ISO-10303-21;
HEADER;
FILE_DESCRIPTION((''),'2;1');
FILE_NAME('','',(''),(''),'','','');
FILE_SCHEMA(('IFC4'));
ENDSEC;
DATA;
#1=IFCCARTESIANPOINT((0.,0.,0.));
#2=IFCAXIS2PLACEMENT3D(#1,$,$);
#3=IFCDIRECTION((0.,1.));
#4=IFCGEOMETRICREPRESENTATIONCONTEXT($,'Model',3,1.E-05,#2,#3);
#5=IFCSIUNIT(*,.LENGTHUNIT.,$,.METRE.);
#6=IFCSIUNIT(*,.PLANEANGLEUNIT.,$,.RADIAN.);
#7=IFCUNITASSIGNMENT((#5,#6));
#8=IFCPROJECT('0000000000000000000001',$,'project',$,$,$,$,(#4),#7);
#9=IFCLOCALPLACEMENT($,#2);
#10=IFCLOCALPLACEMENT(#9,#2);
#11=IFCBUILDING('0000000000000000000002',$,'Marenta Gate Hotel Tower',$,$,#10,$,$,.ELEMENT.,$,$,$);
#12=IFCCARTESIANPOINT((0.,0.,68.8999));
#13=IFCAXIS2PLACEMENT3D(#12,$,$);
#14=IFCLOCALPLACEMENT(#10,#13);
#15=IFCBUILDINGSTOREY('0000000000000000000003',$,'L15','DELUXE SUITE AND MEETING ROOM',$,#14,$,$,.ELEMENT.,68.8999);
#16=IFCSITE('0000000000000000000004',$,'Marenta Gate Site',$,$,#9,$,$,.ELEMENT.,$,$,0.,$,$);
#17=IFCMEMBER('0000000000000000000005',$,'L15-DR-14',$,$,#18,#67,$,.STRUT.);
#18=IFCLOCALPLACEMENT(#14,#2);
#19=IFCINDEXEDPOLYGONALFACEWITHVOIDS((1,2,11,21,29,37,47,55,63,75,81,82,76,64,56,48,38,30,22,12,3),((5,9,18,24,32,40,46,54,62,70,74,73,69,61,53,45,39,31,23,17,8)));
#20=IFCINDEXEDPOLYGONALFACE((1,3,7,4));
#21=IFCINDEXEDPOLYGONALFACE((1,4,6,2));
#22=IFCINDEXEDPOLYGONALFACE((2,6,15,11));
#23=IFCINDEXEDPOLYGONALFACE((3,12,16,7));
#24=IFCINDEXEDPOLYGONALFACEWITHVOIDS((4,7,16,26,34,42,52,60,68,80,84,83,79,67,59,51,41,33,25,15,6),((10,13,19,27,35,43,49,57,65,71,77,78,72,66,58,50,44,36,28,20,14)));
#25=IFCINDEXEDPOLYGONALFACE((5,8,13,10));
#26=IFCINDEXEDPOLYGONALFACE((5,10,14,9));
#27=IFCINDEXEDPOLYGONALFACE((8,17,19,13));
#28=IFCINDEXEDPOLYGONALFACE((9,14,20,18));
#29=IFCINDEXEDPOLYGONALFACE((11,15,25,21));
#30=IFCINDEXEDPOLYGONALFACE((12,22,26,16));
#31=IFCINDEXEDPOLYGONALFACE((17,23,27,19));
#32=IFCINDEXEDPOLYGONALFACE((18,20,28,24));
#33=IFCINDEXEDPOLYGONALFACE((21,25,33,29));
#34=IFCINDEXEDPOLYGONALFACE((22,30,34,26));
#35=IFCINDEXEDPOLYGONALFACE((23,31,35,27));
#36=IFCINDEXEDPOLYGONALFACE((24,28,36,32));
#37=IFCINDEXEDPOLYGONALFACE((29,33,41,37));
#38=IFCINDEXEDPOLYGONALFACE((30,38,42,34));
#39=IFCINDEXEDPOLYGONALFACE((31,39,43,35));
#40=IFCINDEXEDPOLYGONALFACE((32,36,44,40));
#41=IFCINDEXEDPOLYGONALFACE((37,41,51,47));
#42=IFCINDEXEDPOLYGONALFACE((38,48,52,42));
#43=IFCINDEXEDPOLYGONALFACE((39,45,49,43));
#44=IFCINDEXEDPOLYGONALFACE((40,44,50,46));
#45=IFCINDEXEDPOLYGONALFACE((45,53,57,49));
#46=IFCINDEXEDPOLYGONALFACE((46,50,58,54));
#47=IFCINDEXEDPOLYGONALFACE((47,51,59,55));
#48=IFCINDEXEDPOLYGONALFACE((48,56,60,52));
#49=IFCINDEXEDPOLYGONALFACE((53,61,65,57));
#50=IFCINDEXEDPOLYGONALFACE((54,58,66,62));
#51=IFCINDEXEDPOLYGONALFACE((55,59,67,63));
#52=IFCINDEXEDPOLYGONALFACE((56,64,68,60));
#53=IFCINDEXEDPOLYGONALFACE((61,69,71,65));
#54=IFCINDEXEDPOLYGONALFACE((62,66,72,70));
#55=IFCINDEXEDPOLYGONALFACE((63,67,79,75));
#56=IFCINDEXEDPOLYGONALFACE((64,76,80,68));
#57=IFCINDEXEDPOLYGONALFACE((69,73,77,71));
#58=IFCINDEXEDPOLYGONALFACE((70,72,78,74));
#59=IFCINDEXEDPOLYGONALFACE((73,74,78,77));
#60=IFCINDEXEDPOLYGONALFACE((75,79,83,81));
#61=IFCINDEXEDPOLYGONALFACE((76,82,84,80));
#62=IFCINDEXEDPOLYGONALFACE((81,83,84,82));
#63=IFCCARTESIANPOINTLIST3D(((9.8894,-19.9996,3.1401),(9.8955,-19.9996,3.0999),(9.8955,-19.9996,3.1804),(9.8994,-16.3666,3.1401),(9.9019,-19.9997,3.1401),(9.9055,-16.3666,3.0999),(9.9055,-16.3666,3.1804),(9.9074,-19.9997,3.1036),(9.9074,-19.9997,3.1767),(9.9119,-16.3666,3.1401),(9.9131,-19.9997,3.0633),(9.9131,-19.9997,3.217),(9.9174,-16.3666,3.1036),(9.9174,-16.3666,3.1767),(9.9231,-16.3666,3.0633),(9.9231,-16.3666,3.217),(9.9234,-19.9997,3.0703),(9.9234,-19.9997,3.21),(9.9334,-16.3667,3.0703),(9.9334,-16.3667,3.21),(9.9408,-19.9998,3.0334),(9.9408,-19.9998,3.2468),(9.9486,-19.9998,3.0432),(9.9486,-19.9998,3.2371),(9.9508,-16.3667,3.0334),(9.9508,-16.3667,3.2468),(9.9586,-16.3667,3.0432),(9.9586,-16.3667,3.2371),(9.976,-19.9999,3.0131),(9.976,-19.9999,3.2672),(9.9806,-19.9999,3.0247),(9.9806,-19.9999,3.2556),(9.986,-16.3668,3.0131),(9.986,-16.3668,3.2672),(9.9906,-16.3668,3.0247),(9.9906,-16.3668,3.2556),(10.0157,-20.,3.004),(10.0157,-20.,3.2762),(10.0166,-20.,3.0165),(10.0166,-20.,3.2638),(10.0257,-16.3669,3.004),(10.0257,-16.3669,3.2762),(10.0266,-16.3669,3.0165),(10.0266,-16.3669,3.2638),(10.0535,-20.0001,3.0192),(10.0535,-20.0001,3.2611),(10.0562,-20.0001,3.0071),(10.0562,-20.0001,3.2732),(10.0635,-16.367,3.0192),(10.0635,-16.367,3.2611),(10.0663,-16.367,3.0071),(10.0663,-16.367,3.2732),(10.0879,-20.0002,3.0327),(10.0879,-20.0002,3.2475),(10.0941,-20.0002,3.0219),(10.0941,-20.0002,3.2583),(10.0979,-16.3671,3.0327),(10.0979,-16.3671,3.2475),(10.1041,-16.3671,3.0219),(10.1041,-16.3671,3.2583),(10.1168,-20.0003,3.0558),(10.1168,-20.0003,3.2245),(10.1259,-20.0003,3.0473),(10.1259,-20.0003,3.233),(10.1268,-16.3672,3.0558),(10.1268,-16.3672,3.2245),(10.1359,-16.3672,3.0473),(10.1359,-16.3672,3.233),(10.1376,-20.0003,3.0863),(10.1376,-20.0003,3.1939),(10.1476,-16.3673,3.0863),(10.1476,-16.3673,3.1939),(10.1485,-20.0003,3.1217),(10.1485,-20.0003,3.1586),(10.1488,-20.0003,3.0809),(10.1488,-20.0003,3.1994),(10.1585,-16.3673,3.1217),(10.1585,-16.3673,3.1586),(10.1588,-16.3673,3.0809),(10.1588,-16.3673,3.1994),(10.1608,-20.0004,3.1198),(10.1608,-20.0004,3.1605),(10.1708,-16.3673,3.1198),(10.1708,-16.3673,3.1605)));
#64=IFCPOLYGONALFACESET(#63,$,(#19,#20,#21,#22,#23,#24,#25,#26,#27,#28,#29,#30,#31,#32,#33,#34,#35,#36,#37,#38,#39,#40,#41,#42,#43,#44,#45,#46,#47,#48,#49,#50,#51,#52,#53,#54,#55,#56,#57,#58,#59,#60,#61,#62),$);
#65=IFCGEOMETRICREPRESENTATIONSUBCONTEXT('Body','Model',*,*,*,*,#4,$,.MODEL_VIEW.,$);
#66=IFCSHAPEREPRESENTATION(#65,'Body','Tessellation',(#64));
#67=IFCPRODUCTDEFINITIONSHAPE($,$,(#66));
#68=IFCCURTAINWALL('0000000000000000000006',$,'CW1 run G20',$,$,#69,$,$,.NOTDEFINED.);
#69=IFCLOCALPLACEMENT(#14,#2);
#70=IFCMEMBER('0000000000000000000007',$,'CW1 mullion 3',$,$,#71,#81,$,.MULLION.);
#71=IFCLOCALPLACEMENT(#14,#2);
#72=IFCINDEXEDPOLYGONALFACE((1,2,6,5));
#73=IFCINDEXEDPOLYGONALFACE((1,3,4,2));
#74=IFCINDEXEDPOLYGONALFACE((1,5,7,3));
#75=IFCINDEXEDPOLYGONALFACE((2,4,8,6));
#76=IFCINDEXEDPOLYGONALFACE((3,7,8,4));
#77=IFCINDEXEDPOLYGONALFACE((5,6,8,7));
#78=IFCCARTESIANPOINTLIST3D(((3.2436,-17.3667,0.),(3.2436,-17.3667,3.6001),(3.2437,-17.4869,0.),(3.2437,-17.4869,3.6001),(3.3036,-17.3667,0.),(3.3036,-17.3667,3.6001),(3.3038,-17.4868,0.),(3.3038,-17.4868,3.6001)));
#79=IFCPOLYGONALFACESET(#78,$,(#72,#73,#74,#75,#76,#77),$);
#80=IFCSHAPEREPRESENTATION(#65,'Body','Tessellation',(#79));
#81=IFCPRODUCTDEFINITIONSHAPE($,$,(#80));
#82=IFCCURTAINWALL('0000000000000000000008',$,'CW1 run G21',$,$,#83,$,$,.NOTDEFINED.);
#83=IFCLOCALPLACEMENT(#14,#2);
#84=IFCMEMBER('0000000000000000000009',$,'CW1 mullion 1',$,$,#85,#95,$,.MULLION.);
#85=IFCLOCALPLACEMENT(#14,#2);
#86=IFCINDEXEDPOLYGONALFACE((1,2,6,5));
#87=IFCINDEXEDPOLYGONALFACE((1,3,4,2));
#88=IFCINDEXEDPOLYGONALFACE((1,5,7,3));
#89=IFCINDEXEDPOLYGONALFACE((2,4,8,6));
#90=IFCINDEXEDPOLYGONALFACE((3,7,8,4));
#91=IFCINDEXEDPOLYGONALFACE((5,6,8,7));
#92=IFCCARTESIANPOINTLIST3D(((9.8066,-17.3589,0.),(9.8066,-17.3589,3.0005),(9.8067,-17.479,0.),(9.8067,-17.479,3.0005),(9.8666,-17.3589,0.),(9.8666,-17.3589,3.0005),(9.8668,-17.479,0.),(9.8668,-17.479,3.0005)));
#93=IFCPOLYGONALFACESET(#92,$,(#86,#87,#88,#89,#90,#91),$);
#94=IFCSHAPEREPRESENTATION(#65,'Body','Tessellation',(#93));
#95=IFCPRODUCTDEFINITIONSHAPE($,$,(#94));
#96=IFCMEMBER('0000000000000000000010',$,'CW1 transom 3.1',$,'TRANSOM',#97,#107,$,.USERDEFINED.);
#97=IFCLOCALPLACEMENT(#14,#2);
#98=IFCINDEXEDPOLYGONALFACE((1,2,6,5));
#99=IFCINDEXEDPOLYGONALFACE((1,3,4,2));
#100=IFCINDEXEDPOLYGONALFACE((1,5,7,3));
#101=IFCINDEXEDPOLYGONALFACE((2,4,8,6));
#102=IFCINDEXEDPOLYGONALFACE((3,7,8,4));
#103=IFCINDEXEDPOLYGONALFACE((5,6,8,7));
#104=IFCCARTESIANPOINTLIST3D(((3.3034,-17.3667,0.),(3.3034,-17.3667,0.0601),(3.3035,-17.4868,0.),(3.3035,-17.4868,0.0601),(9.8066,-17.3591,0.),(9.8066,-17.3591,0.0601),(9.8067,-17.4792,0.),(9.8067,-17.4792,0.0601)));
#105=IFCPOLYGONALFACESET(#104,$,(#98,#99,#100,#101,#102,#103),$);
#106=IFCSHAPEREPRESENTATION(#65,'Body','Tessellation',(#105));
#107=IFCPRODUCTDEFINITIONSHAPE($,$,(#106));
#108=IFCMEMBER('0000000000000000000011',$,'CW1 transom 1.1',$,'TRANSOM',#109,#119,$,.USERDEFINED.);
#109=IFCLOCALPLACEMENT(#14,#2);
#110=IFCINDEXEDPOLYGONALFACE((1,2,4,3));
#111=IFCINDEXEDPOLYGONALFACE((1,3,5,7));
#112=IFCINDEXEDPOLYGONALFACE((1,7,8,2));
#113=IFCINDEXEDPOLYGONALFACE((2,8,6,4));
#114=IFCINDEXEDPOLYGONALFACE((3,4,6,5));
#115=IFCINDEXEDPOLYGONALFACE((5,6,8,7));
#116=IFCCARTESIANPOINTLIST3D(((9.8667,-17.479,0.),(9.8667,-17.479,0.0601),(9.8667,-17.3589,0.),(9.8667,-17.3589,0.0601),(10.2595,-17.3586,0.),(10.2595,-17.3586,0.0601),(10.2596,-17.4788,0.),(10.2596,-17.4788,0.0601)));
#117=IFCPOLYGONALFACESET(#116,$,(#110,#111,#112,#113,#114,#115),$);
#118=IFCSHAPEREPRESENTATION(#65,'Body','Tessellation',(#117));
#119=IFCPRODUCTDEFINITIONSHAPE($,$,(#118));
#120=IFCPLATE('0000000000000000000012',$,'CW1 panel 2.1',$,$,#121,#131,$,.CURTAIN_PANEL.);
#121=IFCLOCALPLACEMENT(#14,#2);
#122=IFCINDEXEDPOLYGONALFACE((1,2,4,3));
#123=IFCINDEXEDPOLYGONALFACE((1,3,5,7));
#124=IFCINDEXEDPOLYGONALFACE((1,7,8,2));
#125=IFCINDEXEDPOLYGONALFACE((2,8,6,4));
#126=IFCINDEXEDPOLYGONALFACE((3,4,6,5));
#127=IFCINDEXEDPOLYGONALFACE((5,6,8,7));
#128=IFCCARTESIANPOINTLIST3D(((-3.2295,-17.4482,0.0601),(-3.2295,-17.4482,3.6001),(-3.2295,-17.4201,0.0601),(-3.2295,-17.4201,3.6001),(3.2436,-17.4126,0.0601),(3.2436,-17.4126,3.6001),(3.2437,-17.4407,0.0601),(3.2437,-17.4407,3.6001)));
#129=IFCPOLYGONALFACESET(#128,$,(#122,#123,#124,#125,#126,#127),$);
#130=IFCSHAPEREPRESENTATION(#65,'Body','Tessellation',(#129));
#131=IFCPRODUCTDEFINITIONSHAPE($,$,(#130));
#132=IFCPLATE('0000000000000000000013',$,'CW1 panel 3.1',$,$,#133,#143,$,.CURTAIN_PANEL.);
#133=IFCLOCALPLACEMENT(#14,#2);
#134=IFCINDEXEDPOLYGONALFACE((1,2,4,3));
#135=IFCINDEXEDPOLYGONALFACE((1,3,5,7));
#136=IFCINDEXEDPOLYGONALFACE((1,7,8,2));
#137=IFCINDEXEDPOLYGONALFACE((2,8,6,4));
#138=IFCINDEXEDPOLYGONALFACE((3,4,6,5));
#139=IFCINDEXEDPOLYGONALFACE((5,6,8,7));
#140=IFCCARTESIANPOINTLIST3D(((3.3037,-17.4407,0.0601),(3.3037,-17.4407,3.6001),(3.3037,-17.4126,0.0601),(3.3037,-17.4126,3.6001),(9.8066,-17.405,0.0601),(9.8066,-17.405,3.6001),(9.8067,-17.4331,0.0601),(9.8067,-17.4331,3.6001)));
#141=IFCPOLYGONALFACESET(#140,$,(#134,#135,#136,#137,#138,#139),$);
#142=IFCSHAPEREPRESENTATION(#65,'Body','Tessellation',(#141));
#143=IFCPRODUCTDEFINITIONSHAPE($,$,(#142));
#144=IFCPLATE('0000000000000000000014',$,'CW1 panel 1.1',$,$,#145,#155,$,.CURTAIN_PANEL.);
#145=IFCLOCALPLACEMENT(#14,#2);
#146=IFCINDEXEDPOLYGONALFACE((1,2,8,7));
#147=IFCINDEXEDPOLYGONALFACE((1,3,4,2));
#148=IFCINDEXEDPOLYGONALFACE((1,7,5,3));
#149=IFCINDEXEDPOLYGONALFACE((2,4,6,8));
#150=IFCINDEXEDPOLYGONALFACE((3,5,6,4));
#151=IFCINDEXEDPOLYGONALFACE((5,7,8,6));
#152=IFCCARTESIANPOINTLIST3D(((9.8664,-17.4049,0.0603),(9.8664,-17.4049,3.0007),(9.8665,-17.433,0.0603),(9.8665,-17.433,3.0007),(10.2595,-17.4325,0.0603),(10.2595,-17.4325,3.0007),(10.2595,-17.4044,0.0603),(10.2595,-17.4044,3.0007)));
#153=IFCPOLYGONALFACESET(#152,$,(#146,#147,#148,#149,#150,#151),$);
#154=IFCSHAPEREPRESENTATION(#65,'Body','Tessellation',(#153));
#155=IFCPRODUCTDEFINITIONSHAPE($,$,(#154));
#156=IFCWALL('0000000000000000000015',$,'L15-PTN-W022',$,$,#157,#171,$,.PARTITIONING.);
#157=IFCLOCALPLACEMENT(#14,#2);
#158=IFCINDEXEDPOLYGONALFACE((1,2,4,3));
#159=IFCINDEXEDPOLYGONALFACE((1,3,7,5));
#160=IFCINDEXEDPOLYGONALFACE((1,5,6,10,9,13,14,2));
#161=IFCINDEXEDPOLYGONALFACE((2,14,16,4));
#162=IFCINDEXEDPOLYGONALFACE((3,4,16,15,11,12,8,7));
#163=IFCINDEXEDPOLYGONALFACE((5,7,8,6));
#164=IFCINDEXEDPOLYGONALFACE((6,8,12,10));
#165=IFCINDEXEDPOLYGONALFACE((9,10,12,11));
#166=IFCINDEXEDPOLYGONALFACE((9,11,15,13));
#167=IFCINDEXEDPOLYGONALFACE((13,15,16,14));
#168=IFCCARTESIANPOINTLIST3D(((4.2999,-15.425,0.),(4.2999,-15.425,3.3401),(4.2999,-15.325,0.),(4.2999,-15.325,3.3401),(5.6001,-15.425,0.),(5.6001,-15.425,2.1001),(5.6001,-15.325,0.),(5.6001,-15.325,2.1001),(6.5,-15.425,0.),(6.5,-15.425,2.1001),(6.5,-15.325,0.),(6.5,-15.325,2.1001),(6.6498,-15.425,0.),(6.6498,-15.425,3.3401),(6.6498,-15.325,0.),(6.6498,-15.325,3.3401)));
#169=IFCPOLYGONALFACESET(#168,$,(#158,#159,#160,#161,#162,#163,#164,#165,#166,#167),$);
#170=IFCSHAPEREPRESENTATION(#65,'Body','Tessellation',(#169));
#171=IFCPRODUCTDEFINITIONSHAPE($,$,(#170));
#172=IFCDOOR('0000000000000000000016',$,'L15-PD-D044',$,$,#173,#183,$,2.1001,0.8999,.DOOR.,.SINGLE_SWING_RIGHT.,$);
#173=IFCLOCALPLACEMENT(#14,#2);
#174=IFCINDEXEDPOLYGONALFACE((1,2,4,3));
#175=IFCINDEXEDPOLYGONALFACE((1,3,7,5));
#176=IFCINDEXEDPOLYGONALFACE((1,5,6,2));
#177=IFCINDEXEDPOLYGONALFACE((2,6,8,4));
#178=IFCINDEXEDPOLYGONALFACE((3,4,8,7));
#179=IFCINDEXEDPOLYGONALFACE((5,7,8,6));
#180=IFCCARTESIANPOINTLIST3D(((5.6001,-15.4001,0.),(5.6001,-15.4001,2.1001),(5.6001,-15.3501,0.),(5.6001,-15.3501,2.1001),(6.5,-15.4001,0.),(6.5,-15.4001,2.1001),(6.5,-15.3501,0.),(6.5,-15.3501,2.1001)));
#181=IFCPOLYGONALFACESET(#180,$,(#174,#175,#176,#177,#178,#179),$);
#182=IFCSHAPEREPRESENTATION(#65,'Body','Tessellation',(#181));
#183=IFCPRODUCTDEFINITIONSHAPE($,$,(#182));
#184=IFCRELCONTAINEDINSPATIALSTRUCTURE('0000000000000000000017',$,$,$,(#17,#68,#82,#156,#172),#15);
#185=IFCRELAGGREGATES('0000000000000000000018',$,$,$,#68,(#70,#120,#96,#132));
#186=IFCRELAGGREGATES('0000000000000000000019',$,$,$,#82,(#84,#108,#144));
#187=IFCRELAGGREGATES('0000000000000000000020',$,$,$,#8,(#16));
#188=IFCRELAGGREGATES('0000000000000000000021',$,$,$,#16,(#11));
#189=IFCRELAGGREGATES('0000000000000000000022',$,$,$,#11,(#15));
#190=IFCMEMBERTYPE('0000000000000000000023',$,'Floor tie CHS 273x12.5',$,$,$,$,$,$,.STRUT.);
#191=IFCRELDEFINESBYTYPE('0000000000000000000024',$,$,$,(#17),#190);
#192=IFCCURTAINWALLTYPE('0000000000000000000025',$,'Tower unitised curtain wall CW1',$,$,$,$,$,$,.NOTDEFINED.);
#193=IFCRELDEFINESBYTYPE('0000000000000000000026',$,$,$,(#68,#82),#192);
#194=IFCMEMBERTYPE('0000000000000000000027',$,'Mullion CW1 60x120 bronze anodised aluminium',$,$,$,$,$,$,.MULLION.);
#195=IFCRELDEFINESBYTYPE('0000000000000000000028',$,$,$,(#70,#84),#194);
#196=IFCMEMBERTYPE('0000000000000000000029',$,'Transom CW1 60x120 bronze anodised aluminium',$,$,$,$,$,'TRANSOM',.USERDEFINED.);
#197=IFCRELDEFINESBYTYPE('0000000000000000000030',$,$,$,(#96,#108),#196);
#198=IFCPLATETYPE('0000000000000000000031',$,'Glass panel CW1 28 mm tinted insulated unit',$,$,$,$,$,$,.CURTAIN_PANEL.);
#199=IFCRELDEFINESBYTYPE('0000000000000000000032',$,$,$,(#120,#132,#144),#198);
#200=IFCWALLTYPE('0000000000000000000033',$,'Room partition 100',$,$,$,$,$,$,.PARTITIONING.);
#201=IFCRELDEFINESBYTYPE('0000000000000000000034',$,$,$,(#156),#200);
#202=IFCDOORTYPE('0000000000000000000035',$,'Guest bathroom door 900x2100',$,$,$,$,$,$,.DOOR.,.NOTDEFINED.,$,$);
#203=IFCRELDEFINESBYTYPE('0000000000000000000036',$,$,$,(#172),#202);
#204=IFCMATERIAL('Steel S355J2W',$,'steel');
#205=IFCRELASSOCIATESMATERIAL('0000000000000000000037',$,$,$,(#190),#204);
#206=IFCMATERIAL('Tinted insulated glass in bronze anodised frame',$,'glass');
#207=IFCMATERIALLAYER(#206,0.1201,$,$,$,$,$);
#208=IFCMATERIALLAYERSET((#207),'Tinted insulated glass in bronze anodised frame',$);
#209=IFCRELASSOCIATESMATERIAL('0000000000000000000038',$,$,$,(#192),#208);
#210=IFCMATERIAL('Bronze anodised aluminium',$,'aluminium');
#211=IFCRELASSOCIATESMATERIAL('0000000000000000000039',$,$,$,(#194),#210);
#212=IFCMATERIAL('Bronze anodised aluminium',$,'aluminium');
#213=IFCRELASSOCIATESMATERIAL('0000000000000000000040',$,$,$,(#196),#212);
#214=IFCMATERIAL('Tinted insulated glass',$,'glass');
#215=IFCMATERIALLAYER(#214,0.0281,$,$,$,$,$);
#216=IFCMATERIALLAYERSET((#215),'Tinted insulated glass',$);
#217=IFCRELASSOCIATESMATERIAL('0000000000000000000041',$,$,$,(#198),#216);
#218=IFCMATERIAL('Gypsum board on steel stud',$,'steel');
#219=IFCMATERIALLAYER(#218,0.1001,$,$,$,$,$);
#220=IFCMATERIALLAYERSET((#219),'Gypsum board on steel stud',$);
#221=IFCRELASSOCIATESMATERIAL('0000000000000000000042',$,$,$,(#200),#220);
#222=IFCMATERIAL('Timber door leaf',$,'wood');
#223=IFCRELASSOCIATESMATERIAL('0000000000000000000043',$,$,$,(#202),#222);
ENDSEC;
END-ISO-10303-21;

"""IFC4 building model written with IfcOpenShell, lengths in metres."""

from ifc_helpers import new_model, si_unit, direction, frame, frame_2d, origin, origin_2d, place, context, subcontext, project, spatial, rectangle, hollow_circle, extrude, material, layer, layer_set, material_profile, profile_set, type_object, element, fill, aggregate, save


model = new_model("IFC4")

# Units and contexts
model_context = context("Model", 3, precision=1e-05, world=origin(), true_north=direction((0.0, 1.0)))
body_context = subcontext(model_context, "Body", "Model", "MODEL_VIEW")
ifc_project = project(units=[si_unit("LENGTHUNIT", "METRE"), si_unit("PLANEANGLEUNIT", "RADIAN")], contexts=[model_context])

# Site, building, storey
site_placement = place(None, origin())
site = spatial("IfcSite", under=ifc_project, at=site_placement, Name="Marenta Gate Site", CompositionType="ELEMENT", RefElevation=0.0)
building_placement = place(site_placement, origin())
building = spatial("IfcBuilding", under=site, at=building_placement, Name="Marenta Gate Hotel Tower", CompositionType="ELEMENT")
storey_placement = place(building_placement, frame((0.0, 0.0, 68.8999)))
storey = spatial("IfcBuildingStorey", under=building, at=storey_placement, Name="L15", Description="DELUXE SUITE AND MEETING ROOM", CompositionType="ELEMENT", Elevation=68.8999)

# Member
ifc_material_1 = material(Name="Steel S355J2W", Category="steel")
ifc_material_profile_1 = material_profile(ifc_material_1, hollow_circle(Radius=0.1365, WallThickness=0.0125, at=origin_2d()), Name="CHS 273x12.5")
ifc_profile_set_1 = profile_set([ifc_material_profile_1], Name="Steel S355J2W")
member_type_1 = type_object("IfcMemberType", Name="Floor tie CHS 273x12.5", PredefinedType="STRUT", material=ifc_profile_set_1)
member_1_placement = place(storey_placement, frame((10.0259, -20.0, 3.1401), z_axis=(0.002755, 0.999996, 0.0), x_axis=(-0.999996, 0.002755, 0.0)))
element("IfcMember", 1, at=member_1_placement, inside=storey, type_object=member_type_1, Name="L15-DR-14", PredefinedType="STRUT", context=body_context, shape_type="SweptSolid", body=[
    extrude(hollow_circle(Radius=0.1365, WallThickness=0.0125, at=origin_2d()), origin(), (0.0, 0.0, 1.0), 3.6331),
])

# Curtain walls, members
ifc_material_2 = material(Name="Tinted insulated glass in bronze anodised frame", Category="glass")
ifc_layer_1 = layer(ifc_material_2, 0.1201)
ifc_layer_set_1 = layer_set([ifc_layer_1], Name="Tinted insulated glass in bronze anodised frame")
curtain_wall_type = type_object("IfcCurtainWallType", Name="Tower unitised curtain wall CW1", PredefinedType="NOTDEFINED", material=ifc_layer_set_1)
curtain_wall_1_placement = place(storey_placement, origin())
curtain_wall_1 = element("IfcCurtainWall", 2, at=curtain_wall_1_placement, inside=storey, type_object=curtain_wall_type, Name="CW1 run G20", PredefinedType="NOTDEFINED")
ifc_material_3 = material(Name="Bronze anodised aluminium", Category="aluminium")
ifc_material_profile_2 = material_profile(ifc_material_3, rectangle(XDim=0.1201, YDim=0.0601, at=origin_2d()), Name="Mullion CW1 60x120 bronze anodised aluminium")
ifc_profile_set_2 = profile_set([ifc_material_profile_2], Name="Bronze anodised aluminium")
member_type_2 = type_object("IfcMemberType", Name="Mullion CW1 60x120 bronze anodised aluminium", PredefinedType="MULLION", material=ifc_profile_set_2)
member_2_placement = place(storey_placement, frame((3.2737, -17.4268, 0.0), z_axis=(0.0, 0.0, 1.0), x_axis=(-0.001163, 0.999999, 0.0)))
member_2 = element("IfcMember", 3, at=member_2_placement, type_object=member_type_2, Name="CW1 mullion 3", PredefinedType="MULLION", context=body_context, shape_type="SweptSolid", body=[
    extrude(rectangle(XDim=0.1201, YDim=0.0601, at=origin_2d()), origin(), (0.0, 0.0, 1.0), 3.6001),
])
curtain_wall_2_placement = place(storey_placement, origin())
curtain_wall_2 = element("IfcCurtainWall", 4, at=curtain_wall_2_placement, inside=storey, type_object=curtain_wall_type, Name="CW1 run G21", PredefinedType="NOTDEFINED")
member_3_placement = place(storey_placement, frame((9.8367, -17.4189, 0.0), z_axis=(0.0, 0.0, 1.0), x_axis=(-0.001104, 0.999999, 0.0)))
member_3 = element("IfcMember", 5, at=member_3_placement, type_object=member_type_2, Name="CW1 mullion 1", PredefinedType="MULLION", context=body_context, shape_type="SweptSolid", body=[
    extrude(rectangle(XDim=0.1201, YDim=0.0601, at=origin_2d()), origin(), (0.0, 0.0, 1.0), 3.0005),
])

# Members
ifc_material_4 = material(Name="Bronze anodised aluminium", Category="aluminium")
ifc_material_profile_3 = material_profile(ifc_material_4, rectangle(XDim=0.1201, YDim=0.0601, at=origin_2d()), Name="Transom CW1 60x120 bronze anodised aluminium")
ifc_profile_set_3 = profile_set([ifc_material_profile_3], Name="Bronze anodised aluminium")
member_type_3 = type_object("IfcMemberType", Name="Transom CW1 60x120 bronze anodised aluminium", ElementType="TRANSOM", PredefinedType="USERDEFINED", material=ifc_profile_set_3)
member_4_placement = place(storey_placement, frame((3.3035, -17.4268, 0.03), z_axis=(0.999999, 0.001164, 0.0), x_axis=(-0.001164, 0.999999, 0.0)))
member_4 = element("IfcMember", 6, at=member_4_placement, type_object=member_type_3, Name="CW1 transom 3.1", ObjectType="TRANSOM", PredefinedType="USERDEFINED", context=body_context, shape_type="SweptSolid", body=[
    extrude(rectangle(XDim=0.1201, YDim=0.0601, at=origin_2d()), origin(), (0.0, 0.0, 1.0), 6.5032),
])
member_5_placement = place(storey_placement, frame((9.8667, -17.4189, 0.03), z_axis=(1.0, 0.000622, 0.0), x_axis=(-0.000622, 1.0, 0.0)))
member_5 = element("IfcMember", 7, at=member_5_placement, type_object=member_type_3, Name="CW1 transom 1.1", ObjectType="TRANSOM", PredefinedType="USERDEFINED", context=body_context, shape_type="SweptSolid", body=[
    extrude(rectangle(XDim=0.1201, YDim=0.0601, at=origin_2d()), origin(), (0.0, 0.0, 1.0), 0.3928),
])

# Plates
ifc_material_5 = material(Name="Tinted insulated glass", Category="glass")
ifc_layer_2 = layer(ifc_material_5, 0.0281)
ifc_layer_set_2 = layer_set([ifc_layer_2], Name="Tinted insulated glass")
plate_type = type_object("IfcPlateType", Name="Glass panel CW1 28 mm tinted insulated unit", PredefinedType="CURTAIN_PANEL", material=ifc_layer_set_2)
plate_1_placement = place(storey_placement, frame((0.0071, -17.4304, 0.0601), z_axis=(0.0, 0.0, 1.0), x_axis=(0.999999, 0.001163, 0.0)))
plate_1 = element("IfcPlate", 8, at=plate_1_placement, type_object=plate_type, Name="CW1 panel 2.1", PredefinedType="CURTAIN_PANEL", context=body_context, shape_type="SweptSolid", body=[
    extrude(rectangle(XDim=6.4731, YDim=0.0281, at=origin_2d()), origin(), (0.0, 0.0, 1.0), 3.54),
])
plate_2_placement = place(storey_placement, frame((6.5552, -17.4229, 0.0601), z_axis=(0.0, 0.0, 1.0), x_axis=(0.999999, 0.001163, 0.0)))
plate_2 = element("IfcPlate", 9, at=plate_2_placement, type_object=plate_type, Name="CW1 panel 3.1", PredefinedType="CURTAIN_PANEL", context=body_context, shape_type="SweptSolid", body=[
    extrude(rectangle(XDim=6.5029, YDim=0.0281, at=origin_2d()), origin(), (0.0, 0.0, 1.0), 3.54),
])
aggregate(curtain_wall_1, [member_2, plate_1, member_4, plate_2])
plate_3_placement = place(storey_placement, frame((10.063, -17.4187, 0.0603), z_axis=(0.0, 0.0, 1.0), x_axis=(0.999999, 0.001104, 0.0)))
plate_3 = element("IfcPlate", 10, at=plate_3_placement, type_object=plate_type, Name="CW1 panel 1.1", PredefinedType="CURTAIN_PANEL", context=body_context, shape_type="SweptSolid", body=[
    extrude(rectangle(XDim=0.3931, YDim=0.0281, at=origin_2d()), origin(), (0.0, 0.0, 1.0), 2.9404),
])
aggregate(curtain_wall_2, [member_3, member_5, plate_3])

# Wall, opening, door
ifc_material_6 = material(Name="Gypsum board on steel stud", Category="steel")
ifc_layer_3 = layer(ifc_material_6, 0.1001)
ifc_layer_set_3 = layer_set([ifc_layer_3], Name="Gypsum board on steel stud")
wall_type_1 = type_object("IfcWallType", Name="Room partition 100", PredefinedType="PARTITIONING", material=ifc_layer_set_3)
wall_1_placement = place(storey_placement, frame((4.3, -15.375, 0.0), z_axis=(0.0, 0.0, 1.0), x_axis=(1.0, 0.0, 0.0)))
wall_1 = element("IfcWall", 11, at=wall_1_placement, inside=storey, type_object=wall_type_1, Name="L15-PTN-W022", PredefinedType="PARTITIONING", context=body_context, shape_type="SweptSolid", body=[
    extrude(rectangle(XDim=2.3499, YDim=0.1001, at=frame_2d((1.1748, 0.0))), origin(), (0.0, 0.0, 1.0), 3.3401),
])
opening_placement = place(wall_1_placement, frame((1.3, 0.0, 0.0)))
opening = element("IfcOpeningElement", 12, at=opening_placement, cuts=wall_1, PredefinedType="OPENING", context=body_context, shape_type="SweptSolid", body=[
    extrude(rectangle(XDim=0.8999, YDim=2.1001, at=frame_2d((0.45, 1.05))), frame((0.0, 0.05, 0.0), z_axis=(0.0, -1.0, 0.0), x_axis=(1.0, 0.0, 0.0)), (0.0, 0.0, 1.0), 0.1001),
])
ifc_material_7 = material(Name="Timber door leaf", Category="wood")
door_type = type_object("IfcDoorType", Name="Guest bathroom door 900x2100", OperationType="NOTDEFINED", PredefinedType="DOOR", material=ifc_material_7)
door_placement = place(opening_placement, origin())
door = element("IfcDoor", 13, at=door_placement, inside=storey, type_object=door_type, Name="L15-PD-D044", OperationType="SINGLE_SWING_RIGHT", OverallHeight=2.1001, OverallWidth=0.8999, PredefinedType="DOOR", context=body_context, shape_type="SweptSolid", body=[
    extrude(rectangle(XDim=0.8999, YDim=2.1001, at=frame_2d((0.45, 1.05))), frame((0.0, 0.0249, 0.0), z_axis=(0.0, -1.0, 0.0), x_axis=(1.0, 0.0, 0.0)), (0.0, 0.0, 1.0), 0.05),
])
fill(opening, door)

save(model, "model.ifc")
